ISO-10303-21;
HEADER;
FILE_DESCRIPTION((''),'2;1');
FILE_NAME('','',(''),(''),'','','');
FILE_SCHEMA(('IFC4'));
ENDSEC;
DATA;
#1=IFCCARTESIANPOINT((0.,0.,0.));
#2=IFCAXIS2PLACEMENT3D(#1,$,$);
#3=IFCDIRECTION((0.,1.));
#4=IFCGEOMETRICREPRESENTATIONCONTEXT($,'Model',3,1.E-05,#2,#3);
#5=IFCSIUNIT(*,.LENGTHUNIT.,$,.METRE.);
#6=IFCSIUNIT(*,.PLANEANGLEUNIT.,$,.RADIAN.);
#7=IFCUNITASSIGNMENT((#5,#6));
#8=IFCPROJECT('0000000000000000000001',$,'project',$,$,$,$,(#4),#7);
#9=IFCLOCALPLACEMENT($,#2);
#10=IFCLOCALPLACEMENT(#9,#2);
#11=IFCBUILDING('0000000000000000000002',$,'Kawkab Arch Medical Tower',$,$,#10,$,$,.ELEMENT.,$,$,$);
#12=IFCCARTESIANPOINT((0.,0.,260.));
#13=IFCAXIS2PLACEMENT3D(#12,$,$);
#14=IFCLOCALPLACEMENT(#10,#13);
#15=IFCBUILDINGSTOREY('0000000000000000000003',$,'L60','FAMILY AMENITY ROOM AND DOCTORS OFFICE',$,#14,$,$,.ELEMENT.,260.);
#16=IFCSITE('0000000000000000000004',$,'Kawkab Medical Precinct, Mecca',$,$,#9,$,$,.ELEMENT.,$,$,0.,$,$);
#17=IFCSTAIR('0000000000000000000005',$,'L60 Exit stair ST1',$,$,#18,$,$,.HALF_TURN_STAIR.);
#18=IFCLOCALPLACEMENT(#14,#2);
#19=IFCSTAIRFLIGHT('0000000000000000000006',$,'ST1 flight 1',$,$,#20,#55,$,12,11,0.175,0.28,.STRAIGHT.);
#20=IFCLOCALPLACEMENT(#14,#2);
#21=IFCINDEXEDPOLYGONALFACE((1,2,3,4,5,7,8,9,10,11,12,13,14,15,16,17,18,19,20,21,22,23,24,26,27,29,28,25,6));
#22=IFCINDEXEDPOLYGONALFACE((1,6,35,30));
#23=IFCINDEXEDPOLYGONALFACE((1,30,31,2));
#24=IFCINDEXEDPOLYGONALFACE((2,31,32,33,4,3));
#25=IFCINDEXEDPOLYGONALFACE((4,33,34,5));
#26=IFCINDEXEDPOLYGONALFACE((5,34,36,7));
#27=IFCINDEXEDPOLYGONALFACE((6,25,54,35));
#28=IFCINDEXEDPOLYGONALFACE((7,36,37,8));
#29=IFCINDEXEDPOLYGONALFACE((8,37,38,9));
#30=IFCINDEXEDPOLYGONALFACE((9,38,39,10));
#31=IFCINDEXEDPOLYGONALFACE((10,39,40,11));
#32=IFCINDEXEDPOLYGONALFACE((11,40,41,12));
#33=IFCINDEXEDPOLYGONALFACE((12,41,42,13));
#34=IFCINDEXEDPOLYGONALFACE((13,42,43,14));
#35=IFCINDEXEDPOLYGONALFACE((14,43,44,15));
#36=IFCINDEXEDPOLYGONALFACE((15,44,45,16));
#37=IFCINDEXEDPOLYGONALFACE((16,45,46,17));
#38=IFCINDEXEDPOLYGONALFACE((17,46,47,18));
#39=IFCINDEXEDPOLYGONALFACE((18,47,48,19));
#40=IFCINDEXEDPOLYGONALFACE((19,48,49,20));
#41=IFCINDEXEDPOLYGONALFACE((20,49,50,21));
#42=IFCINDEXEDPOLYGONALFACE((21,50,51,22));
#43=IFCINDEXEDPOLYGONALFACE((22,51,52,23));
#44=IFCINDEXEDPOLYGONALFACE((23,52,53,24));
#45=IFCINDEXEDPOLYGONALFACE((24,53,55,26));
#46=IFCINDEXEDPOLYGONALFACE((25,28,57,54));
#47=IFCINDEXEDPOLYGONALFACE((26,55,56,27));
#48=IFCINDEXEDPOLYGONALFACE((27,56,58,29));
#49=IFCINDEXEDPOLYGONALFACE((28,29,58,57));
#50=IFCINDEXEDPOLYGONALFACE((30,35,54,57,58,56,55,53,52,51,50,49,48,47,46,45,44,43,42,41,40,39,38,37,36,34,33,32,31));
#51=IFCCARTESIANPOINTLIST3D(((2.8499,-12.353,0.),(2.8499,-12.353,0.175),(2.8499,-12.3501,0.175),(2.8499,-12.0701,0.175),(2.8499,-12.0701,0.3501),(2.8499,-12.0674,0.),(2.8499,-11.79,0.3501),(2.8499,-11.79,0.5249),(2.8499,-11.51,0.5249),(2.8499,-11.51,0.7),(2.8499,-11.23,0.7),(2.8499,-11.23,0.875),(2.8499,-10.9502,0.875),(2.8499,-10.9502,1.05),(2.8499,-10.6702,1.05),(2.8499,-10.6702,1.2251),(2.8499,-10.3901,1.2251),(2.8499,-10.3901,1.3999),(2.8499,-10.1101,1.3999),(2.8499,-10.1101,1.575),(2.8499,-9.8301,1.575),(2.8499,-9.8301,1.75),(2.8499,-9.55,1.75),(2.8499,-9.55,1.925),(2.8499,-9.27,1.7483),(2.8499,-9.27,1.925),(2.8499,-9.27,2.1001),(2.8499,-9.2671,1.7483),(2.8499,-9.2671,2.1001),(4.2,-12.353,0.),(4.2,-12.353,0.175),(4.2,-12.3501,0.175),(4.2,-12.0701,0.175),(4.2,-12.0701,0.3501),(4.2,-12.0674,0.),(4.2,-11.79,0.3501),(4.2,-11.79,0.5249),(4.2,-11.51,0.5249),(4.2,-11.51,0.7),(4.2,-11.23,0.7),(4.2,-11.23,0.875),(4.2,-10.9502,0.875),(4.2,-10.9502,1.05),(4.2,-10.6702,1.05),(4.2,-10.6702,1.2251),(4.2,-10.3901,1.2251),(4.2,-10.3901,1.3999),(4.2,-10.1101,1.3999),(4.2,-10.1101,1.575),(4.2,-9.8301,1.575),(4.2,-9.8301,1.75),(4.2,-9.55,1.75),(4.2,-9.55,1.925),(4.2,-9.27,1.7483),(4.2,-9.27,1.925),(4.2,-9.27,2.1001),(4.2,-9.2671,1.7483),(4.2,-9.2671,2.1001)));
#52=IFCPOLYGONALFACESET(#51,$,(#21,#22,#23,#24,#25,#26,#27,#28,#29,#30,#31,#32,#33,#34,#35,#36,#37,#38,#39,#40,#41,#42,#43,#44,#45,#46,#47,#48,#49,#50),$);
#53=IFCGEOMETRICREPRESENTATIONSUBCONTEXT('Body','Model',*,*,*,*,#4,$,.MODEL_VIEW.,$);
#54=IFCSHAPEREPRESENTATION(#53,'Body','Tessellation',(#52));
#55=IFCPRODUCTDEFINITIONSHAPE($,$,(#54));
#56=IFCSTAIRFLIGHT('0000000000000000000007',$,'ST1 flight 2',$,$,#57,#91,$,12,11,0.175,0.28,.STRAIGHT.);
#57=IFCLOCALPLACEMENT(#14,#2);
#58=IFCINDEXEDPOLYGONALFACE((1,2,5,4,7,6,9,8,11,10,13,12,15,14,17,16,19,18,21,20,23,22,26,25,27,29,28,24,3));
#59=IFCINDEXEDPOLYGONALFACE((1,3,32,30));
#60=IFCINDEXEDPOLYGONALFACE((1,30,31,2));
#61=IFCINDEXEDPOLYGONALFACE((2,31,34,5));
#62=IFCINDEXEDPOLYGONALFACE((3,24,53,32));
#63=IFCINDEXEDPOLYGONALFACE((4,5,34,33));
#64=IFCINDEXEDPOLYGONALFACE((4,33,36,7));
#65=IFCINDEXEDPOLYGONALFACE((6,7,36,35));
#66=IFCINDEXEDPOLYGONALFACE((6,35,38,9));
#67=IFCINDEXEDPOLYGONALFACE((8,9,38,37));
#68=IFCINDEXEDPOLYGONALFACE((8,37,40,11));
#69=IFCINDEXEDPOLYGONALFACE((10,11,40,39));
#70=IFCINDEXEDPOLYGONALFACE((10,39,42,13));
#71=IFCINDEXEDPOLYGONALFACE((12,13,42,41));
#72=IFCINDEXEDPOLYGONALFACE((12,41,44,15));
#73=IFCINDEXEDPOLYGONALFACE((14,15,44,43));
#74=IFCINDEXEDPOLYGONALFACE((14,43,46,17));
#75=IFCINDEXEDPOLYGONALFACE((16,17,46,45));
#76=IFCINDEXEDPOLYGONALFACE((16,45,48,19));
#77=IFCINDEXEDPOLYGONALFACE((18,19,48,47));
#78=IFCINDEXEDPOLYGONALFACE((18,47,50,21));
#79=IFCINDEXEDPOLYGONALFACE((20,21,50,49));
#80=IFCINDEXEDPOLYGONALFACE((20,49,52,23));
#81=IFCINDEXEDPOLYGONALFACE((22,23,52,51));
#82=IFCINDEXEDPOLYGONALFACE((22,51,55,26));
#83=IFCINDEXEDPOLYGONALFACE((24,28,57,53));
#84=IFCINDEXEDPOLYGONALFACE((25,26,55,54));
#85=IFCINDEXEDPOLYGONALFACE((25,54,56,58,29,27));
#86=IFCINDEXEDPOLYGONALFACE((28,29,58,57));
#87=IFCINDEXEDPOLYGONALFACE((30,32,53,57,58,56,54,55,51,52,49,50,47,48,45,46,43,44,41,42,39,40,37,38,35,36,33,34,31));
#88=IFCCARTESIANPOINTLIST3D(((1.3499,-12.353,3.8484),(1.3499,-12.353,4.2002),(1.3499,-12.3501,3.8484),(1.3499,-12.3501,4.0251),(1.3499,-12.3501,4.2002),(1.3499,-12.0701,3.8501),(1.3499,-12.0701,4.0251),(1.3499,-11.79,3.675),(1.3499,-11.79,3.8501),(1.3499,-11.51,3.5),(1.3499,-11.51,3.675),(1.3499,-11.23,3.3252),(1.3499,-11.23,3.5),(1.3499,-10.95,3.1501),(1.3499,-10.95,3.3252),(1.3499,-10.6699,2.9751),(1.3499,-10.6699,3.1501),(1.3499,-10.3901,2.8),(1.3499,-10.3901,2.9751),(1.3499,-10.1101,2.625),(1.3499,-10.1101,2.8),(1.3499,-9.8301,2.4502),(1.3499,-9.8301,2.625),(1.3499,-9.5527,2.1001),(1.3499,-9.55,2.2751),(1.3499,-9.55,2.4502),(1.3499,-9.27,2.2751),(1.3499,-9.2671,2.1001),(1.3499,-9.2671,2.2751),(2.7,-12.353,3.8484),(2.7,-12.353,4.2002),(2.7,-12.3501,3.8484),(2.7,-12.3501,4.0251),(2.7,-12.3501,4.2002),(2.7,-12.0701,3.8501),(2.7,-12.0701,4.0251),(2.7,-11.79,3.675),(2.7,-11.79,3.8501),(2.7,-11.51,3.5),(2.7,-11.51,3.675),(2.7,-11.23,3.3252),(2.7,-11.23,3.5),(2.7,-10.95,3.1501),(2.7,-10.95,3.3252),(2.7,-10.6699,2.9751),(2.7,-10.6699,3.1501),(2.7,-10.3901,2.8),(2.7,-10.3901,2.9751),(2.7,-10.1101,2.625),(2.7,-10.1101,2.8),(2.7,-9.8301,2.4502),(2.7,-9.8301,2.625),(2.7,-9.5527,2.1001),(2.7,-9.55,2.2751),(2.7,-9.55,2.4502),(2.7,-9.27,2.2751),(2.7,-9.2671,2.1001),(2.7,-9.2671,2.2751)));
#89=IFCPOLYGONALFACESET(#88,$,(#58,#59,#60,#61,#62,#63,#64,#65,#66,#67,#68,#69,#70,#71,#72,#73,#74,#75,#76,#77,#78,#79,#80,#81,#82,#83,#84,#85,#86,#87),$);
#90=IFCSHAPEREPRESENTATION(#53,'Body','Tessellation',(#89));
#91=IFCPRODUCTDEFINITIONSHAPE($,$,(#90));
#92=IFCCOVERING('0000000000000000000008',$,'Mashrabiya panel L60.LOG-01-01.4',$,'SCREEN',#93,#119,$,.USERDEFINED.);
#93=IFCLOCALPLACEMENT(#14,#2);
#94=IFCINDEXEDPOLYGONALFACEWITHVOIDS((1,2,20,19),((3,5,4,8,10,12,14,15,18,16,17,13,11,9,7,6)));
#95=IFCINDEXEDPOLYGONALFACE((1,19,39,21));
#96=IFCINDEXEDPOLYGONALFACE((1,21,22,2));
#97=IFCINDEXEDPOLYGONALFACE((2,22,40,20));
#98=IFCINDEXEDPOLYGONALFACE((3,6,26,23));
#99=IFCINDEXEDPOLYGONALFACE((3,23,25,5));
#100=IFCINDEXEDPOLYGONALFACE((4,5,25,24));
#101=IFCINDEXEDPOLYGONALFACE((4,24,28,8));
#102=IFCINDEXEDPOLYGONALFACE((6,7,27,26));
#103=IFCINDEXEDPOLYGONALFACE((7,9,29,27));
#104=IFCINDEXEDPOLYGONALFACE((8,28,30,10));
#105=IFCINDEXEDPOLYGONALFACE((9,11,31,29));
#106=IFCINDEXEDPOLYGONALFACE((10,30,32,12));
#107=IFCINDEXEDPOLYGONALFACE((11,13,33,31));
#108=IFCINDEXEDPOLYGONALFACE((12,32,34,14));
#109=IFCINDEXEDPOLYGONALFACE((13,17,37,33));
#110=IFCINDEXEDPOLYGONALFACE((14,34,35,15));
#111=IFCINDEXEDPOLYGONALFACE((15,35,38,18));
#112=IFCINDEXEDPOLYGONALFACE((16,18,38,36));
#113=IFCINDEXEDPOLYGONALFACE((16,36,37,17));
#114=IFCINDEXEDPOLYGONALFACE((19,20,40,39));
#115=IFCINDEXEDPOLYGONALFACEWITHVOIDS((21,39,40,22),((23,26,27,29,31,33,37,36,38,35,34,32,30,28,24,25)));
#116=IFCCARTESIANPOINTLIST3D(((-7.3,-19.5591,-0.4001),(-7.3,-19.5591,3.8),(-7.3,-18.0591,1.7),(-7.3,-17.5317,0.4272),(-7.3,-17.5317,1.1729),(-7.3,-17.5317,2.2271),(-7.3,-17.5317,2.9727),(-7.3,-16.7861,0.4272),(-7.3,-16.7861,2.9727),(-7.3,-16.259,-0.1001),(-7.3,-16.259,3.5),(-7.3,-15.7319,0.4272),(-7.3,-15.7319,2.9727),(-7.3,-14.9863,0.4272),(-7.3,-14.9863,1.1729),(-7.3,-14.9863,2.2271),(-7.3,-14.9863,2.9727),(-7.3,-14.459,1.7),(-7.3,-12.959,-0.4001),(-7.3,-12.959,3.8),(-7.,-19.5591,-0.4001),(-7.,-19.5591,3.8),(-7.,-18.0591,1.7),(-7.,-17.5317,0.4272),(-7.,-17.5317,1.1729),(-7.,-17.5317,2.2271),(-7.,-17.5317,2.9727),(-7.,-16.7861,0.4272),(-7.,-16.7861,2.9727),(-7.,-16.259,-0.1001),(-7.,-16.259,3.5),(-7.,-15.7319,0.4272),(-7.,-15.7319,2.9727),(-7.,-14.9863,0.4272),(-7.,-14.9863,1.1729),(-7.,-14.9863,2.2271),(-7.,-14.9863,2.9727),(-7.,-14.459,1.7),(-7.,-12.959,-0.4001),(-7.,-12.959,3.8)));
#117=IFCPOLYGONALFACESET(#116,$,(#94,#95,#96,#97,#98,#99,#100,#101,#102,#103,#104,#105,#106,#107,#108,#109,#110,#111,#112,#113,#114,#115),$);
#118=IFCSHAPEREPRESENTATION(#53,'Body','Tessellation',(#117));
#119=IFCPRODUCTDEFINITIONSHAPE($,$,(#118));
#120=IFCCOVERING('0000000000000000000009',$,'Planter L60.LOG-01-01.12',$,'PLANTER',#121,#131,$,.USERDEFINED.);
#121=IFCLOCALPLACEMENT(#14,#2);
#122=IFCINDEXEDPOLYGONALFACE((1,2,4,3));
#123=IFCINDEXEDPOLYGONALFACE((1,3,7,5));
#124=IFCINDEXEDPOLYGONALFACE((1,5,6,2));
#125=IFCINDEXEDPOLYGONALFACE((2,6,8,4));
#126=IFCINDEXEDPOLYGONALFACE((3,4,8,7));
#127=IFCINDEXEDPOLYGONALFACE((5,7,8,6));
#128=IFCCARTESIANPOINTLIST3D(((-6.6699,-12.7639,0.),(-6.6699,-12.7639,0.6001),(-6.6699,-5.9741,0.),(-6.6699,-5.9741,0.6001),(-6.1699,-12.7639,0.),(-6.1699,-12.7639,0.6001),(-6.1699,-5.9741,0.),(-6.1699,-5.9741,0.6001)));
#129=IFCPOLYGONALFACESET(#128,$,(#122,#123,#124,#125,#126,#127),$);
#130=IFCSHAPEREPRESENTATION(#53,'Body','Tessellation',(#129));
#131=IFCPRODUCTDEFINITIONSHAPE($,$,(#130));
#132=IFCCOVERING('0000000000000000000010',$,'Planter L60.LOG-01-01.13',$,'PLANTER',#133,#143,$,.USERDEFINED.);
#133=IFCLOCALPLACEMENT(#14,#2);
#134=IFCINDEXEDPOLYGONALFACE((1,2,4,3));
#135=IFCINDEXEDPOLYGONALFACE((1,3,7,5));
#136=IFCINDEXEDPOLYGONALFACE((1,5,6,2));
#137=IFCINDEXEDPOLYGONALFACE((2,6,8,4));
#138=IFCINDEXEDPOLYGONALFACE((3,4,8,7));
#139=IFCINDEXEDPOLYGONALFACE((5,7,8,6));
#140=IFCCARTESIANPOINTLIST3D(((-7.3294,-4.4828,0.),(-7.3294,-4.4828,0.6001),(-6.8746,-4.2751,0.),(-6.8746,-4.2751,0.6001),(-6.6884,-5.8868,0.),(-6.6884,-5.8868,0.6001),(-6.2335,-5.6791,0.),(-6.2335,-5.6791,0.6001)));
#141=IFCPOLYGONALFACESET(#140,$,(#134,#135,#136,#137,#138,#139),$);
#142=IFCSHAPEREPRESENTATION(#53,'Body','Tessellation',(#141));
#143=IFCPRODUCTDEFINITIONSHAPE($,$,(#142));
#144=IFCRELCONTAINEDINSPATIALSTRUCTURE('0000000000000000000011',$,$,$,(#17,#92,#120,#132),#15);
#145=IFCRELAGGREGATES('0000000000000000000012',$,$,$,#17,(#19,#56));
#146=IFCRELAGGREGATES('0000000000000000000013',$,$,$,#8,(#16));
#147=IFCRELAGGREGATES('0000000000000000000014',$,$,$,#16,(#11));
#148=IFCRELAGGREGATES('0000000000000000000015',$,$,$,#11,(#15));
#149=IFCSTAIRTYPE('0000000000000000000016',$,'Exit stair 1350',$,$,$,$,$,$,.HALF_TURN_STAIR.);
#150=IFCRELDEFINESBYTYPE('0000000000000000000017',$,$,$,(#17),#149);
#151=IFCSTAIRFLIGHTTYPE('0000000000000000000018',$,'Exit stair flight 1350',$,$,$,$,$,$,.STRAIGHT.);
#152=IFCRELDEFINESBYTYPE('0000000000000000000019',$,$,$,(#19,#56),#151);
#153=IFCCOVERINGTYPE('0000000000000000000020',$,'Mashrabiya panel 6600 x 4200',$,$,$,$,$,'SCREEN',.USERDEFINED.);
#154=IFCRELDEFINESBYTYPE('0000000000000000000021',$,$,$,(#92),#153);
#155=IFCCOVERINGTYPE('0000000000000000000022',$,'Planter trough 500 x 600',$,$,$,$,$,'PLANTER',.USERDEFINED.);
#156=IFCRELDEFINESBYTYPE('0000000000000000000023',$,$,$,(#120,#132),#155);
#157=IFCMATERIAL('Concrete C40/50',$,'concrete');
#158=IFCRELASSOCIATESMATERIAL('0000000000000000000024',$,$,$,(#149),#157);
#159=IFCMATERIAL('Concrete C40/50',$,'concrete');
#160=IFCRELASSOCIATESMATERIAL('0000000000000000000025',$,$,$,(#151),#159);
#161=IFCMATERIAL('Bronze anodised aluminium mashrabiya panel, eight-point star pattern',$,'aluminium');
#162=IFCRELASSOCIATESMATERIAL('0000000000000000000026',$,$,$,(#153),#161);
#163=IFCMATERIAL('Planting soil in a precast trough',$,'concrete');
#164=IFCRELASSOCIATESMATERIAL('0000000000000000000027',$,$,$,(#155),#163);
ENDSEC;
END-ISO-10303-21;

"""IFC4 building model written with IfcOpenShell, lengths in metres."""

from ifc_helpers import new_model, si_unit, direction, frame, origin, origin_2d, place, context, subcontext, project, spatial, polyline, rectangle, outline, extrude, material, material_profile, profile_set, type_object, element, aggregate, save


model = new_model("IFC4")

# Units and contexts
model_context = context("Model", 3, precision=1e-05, world=origin(), true_north=direction((0.0, 1.0)))
body_context = subcontext(model_context, "Body", "Model", "MODEL_VIEW")
ifc_project = project(units=[si_unit("LENGTHUNIT", "METRE"), si_unit("PLANEANGLEUNIT", "RADIAN")], contexts=[model_context])

# Site, building, storey
site_placement = place(None, origin())
site = spatial("IfcSite", under=ifc_project, at=site_placement, Name="Kawkab Medical Precinct, Mecca", CompositionType="ELEMENT", RefElevation=0.0)
building_placement = place(site_placement, origin())
building = spatial("IfcBuilding", under=site, at=building_placement, Name="Kawkab Arch Medical Tower", CompositionType="ELEMENT")
storey_placement = place(building_placement, frame((0.0, 0.0, 260.0)))
storey = spatial("IfcBuildingStorey", under=building, at=storey_placement, Name="L60", Description="FAMILY AMENITY ROOM AND DOCTORS OFFICE", CompositionType="ELEMENT", Elevation=260.0)

# Shared definitions
placement = place(storey_placement, origin())

# Stair, stair flights
ifc_material_1 = material(Name="Concrete C40/50", Category="concrete")
stair_type = type_object("IfcStairType", Name="Exit stair 1350", PredefinedType="HALF_TURN_STAIR", material=ifc_material_1)
stair = element("IfcStair", 1, at=placement, inside=storey, type_object=stair_type, Name="L60 Exit stair ST1", PredefinedType="HALF_TURN_STAIR")
ifc_material_2 = material(Name="Concrete C40/50", Category="concrete")
stair_flight_type = type_object("IfcStairFlightType", Name="Exit stair flight 1350", PredefinedType="STRAIGHT", material=ifc_material_2)
stair_flight_1_placement = place(storey_placement, frame((3.5249, -12.3501, 0.0), z_axis=(0.0, 0.0, 1.0), x_axis=(0.0, 1.0, 0.0)))
stair_flight_1 = element("IfcStairFlight", 2, at=stair_flight_1_placement, type_object=stair_flight_type, Name="ST1 flight 1", NumberOfRisers=12, NumberOfTreads=11, PredefinedType="STRAIGHT", RiserHeight=0.175, TreadLength=0.28, context=body_context, shape_type="SweptSolid", body=[
    extrude(outline(polyline([(-0.0029, 0.0), (-0.0029, 0.175), (0.0, 0.175), (0.28, 0.175), (0.28, 0.3501), (0.5601, 0.3501), (0.5601, 0.5249), (0.8401, 0.5249), (0.8401, 0.7), (1.1201, 0.7), (1.1201, 0.875), (1.3999, 0.875), (1.3999, 1.05), (1.6799, 1.05), (1.6799, 1.2251), (1.96, 1.2251), (1.96, 1.3999), (2.24, 1.3999), (2.24, 1.575), (2.52, 1.575), (2.52, 1.75), (2.8, 1.75), (2.8, 1.925), (3.0801, 1.925), (3.0801, 2.1001), (3.083, 2.1001), (3.083, 1.7483), (3.0801, 1.7483), (0.2827, 0.0), (-0.0029, 0.0)])), frame((0.0, 0.675, 0.0), z_axis=(0.0, -1.0, 0.0), x_axis=(1.0, 0.0, 0.0)), (0.0, 0.0, 1.0), 1.3501),
])
stair_flight_2_placement = place(storey_placement, frame((2.0249, -9.27, 2.1001), z_axis=(0.0, 0.0, 1.0), x_axis=(0.0, -1.0, 0.0)))
stair_flight_2 = element("IfcStairFlight", 3, at=stair_flight_2_placement, type_object=stair_flight_type, Name="ST1 flight 2", NumberOfRisers=12, NumberOfTreads=11, PredefinedType="STRAIGHT", RiserHeight=0.175, TreadLength=0.28, context=body_context, shape_type="SweptSolid", body=[
    extrude(outline(polyline([(-0.0029, 0.0), (-0.0029, 0.175), (0.0, 0.175), (0.28, 0.175), (0.28, 0.3501), (0.5601, 0.3501), (0.5601, 0.5249), (0.8401, 0.5249), (0.8401, 0.7), (1.1201, 0.7), (1.1201, 0.875), (1.3999, 0.875), (1.3999, 1.05), (1.6799, 1.05), (1.6799, 1.2251), (1.96, 1.2251), (1.96, 1.3999), (2.24, 1.3999), (2.24, 1.575), (2.52, 1.575), (2.52, 1.75), (2.8, 1.75), (2.8, 1.925), (3.0801, 1.925), (3.0801, 2.1001), (3.083, 2.1001), (3.083, 1.7483), (3.0801, 1.7483), (0.2827, 0.0), (-0.0029, 0.0)])), frame((0.0, 0.675, 0.0), z_axis=(0.0, -1.0, 0.0), x_axis=(1.0, 0.0, 0.0)), (0.0, 0.0, 1.0), 1.3501),
])
aggregate(stair, [stair_flight_1, stair_flight_2])

# Coverings
ifc_material_3 = material(Name="Bronze anodised aluminium mashrabiya panel, eight-point star pattern", Category="aluminium")
ifc_material_profile_1 = material_profile(ifc_material_3, outline(polyline([(-3.3, -2.1001), (3.3, -2.1001), (3.3, 2.1001), (-3.3, 2.1001), (-3.3, -2.1001)]), holes=[polyline([(1.8, 0.0), (1.2727, 0.5271), (1.2727, 1.2727), (0.5271, 1.2727), (0.0, 1.8), (-0.5271, 1.2727), (-1.2727, 1.2727), (-1.2727, 0.5271), (-1.8, 0.0), (-1.2727, -0.5271), (-1.2727, -1.2727), (-0.5271, -1.2727), (0.0, -1.8), (0.5271, -1.2727), (1.2727, -1.2727), (1.2727, -0.5271), (1.8, 0.0)])]), Name="Mashrabiya panel 6600x4200")
ifc_profile_set_1 = profile_set([ifc_material_profile_1], Name="Bronze anodised aluminium mashrabiya panel, eight-point star pattern")
covering_type_1 = type_object("IfcCoveringType", Name="Mashrabiya panel 6600 x 4200", ElementType="SCREEN", PredefinedType="USERDEFINED", material=ifc_profile_set_1)
covering_1_placement = place(storey_placement, frame((-7.0, -16.259, 1.7), z_axis=(-1.0, 0.0, 0.0), x_axis=(0.0, -1.0, 0.0)))
element("IfcCovering", 4, at=covering_1_placement, inside=storey, type_object=covering_type_1, Name="Mashrabiya panel L60.LOG-01-01.4", ObjectType="SCREEN", PredefinedType="USERDEFINED", context=body_context, shape_type="SweptSolid", body=[
    extrude(outline(polyline([(-3.3, -2.1001), (3.3, -2.1001), (3.3, 2.1001), (-3.3, 2.1001), (-3.3, -2.1001)]), holes=[polyline([(1.8, 0.0), (1.2727, 0.5271), (1.2727, 1.2727), (0.5271, 1.2727), (0.0, 1.8), (-0.5271, 1.2727), (-1.2727, 1.2727), (-1.2727, 0.5271), (-1.8, 0.0), (-1.2727, -0.5271), (-1.2727, -1.2727), (-0.5271, -1.2727), (0.0, -1.8), (0.5271, -1.2727), (1.2727, -1.2727), (1.2727, -0.5271), (1.8, 0.0)])]), origin(), (0.0, 0.0, 1.0), 0.3),
])
ifc_material_4 = material(Name="Planting soil in a precast trough", Category="concrete")
ifc_material_profile_2 = material_profile(ifc_material_4, rectangle(XDim=0.5, YDim=0.6001, at=origin_2d()), Name="Trough 500x600")
ifc_profile_set_2 = profile_set([ifc_material_profile_2], Name="Planting soil in a precast trough")
covering_type_2 = type_object("IfcCoveringType", Name="Planter trough 500 x 600", ElementType="PLANTER", PredefinedType="USERDEFINED", material=ifc_profile_set_2)
covering_2_placement = place(storey_placement, frame((-6.4199, -12.7639, 0.3), z_axis=(0.0, 1.0, 0.0), x_axis=(-1.0, 0.0, 0.0)))
element("IfcCovering", 5, at=covering_2_placement, inside=storey, type_object=covering_type_2, Name="Planter L60.LOG-01-01.12", ObjectType="PLANTER", PredefinedType="USERDEFINED", context=body_context, shape_type="SweptSolid", body=[
    extrude(rectangle(XDim=0.5, YDim=0.6001, at=origin_2d()), origin(), (0.0, 0.0, 1.0), 6.7898),
])
covering_3_placement = place(storey_placement, frame((-6.4609, -5.783, 0.3), z_axis=(-0.415363, 0.909656, 0.0), x_axis=(-0.909656, -0.415363, 0.0)))
element("IfcCovering", 6, at=covering_3_placement, inside=storey, type_object=covering_type_2, Name="Planter L60.LOG-01-01.13", ObjectType="PLANTER", PredefinedType="USERDEFINED", context=body_context, shape_type="SweptSolid", body=[
    extrude(rectangle(XDim=0.5, YDim=0.6001, at=origin_2d()), origin(), (0.0, 0.0, 1.0), 1.5435),
])

save(model, "model.ifc")
